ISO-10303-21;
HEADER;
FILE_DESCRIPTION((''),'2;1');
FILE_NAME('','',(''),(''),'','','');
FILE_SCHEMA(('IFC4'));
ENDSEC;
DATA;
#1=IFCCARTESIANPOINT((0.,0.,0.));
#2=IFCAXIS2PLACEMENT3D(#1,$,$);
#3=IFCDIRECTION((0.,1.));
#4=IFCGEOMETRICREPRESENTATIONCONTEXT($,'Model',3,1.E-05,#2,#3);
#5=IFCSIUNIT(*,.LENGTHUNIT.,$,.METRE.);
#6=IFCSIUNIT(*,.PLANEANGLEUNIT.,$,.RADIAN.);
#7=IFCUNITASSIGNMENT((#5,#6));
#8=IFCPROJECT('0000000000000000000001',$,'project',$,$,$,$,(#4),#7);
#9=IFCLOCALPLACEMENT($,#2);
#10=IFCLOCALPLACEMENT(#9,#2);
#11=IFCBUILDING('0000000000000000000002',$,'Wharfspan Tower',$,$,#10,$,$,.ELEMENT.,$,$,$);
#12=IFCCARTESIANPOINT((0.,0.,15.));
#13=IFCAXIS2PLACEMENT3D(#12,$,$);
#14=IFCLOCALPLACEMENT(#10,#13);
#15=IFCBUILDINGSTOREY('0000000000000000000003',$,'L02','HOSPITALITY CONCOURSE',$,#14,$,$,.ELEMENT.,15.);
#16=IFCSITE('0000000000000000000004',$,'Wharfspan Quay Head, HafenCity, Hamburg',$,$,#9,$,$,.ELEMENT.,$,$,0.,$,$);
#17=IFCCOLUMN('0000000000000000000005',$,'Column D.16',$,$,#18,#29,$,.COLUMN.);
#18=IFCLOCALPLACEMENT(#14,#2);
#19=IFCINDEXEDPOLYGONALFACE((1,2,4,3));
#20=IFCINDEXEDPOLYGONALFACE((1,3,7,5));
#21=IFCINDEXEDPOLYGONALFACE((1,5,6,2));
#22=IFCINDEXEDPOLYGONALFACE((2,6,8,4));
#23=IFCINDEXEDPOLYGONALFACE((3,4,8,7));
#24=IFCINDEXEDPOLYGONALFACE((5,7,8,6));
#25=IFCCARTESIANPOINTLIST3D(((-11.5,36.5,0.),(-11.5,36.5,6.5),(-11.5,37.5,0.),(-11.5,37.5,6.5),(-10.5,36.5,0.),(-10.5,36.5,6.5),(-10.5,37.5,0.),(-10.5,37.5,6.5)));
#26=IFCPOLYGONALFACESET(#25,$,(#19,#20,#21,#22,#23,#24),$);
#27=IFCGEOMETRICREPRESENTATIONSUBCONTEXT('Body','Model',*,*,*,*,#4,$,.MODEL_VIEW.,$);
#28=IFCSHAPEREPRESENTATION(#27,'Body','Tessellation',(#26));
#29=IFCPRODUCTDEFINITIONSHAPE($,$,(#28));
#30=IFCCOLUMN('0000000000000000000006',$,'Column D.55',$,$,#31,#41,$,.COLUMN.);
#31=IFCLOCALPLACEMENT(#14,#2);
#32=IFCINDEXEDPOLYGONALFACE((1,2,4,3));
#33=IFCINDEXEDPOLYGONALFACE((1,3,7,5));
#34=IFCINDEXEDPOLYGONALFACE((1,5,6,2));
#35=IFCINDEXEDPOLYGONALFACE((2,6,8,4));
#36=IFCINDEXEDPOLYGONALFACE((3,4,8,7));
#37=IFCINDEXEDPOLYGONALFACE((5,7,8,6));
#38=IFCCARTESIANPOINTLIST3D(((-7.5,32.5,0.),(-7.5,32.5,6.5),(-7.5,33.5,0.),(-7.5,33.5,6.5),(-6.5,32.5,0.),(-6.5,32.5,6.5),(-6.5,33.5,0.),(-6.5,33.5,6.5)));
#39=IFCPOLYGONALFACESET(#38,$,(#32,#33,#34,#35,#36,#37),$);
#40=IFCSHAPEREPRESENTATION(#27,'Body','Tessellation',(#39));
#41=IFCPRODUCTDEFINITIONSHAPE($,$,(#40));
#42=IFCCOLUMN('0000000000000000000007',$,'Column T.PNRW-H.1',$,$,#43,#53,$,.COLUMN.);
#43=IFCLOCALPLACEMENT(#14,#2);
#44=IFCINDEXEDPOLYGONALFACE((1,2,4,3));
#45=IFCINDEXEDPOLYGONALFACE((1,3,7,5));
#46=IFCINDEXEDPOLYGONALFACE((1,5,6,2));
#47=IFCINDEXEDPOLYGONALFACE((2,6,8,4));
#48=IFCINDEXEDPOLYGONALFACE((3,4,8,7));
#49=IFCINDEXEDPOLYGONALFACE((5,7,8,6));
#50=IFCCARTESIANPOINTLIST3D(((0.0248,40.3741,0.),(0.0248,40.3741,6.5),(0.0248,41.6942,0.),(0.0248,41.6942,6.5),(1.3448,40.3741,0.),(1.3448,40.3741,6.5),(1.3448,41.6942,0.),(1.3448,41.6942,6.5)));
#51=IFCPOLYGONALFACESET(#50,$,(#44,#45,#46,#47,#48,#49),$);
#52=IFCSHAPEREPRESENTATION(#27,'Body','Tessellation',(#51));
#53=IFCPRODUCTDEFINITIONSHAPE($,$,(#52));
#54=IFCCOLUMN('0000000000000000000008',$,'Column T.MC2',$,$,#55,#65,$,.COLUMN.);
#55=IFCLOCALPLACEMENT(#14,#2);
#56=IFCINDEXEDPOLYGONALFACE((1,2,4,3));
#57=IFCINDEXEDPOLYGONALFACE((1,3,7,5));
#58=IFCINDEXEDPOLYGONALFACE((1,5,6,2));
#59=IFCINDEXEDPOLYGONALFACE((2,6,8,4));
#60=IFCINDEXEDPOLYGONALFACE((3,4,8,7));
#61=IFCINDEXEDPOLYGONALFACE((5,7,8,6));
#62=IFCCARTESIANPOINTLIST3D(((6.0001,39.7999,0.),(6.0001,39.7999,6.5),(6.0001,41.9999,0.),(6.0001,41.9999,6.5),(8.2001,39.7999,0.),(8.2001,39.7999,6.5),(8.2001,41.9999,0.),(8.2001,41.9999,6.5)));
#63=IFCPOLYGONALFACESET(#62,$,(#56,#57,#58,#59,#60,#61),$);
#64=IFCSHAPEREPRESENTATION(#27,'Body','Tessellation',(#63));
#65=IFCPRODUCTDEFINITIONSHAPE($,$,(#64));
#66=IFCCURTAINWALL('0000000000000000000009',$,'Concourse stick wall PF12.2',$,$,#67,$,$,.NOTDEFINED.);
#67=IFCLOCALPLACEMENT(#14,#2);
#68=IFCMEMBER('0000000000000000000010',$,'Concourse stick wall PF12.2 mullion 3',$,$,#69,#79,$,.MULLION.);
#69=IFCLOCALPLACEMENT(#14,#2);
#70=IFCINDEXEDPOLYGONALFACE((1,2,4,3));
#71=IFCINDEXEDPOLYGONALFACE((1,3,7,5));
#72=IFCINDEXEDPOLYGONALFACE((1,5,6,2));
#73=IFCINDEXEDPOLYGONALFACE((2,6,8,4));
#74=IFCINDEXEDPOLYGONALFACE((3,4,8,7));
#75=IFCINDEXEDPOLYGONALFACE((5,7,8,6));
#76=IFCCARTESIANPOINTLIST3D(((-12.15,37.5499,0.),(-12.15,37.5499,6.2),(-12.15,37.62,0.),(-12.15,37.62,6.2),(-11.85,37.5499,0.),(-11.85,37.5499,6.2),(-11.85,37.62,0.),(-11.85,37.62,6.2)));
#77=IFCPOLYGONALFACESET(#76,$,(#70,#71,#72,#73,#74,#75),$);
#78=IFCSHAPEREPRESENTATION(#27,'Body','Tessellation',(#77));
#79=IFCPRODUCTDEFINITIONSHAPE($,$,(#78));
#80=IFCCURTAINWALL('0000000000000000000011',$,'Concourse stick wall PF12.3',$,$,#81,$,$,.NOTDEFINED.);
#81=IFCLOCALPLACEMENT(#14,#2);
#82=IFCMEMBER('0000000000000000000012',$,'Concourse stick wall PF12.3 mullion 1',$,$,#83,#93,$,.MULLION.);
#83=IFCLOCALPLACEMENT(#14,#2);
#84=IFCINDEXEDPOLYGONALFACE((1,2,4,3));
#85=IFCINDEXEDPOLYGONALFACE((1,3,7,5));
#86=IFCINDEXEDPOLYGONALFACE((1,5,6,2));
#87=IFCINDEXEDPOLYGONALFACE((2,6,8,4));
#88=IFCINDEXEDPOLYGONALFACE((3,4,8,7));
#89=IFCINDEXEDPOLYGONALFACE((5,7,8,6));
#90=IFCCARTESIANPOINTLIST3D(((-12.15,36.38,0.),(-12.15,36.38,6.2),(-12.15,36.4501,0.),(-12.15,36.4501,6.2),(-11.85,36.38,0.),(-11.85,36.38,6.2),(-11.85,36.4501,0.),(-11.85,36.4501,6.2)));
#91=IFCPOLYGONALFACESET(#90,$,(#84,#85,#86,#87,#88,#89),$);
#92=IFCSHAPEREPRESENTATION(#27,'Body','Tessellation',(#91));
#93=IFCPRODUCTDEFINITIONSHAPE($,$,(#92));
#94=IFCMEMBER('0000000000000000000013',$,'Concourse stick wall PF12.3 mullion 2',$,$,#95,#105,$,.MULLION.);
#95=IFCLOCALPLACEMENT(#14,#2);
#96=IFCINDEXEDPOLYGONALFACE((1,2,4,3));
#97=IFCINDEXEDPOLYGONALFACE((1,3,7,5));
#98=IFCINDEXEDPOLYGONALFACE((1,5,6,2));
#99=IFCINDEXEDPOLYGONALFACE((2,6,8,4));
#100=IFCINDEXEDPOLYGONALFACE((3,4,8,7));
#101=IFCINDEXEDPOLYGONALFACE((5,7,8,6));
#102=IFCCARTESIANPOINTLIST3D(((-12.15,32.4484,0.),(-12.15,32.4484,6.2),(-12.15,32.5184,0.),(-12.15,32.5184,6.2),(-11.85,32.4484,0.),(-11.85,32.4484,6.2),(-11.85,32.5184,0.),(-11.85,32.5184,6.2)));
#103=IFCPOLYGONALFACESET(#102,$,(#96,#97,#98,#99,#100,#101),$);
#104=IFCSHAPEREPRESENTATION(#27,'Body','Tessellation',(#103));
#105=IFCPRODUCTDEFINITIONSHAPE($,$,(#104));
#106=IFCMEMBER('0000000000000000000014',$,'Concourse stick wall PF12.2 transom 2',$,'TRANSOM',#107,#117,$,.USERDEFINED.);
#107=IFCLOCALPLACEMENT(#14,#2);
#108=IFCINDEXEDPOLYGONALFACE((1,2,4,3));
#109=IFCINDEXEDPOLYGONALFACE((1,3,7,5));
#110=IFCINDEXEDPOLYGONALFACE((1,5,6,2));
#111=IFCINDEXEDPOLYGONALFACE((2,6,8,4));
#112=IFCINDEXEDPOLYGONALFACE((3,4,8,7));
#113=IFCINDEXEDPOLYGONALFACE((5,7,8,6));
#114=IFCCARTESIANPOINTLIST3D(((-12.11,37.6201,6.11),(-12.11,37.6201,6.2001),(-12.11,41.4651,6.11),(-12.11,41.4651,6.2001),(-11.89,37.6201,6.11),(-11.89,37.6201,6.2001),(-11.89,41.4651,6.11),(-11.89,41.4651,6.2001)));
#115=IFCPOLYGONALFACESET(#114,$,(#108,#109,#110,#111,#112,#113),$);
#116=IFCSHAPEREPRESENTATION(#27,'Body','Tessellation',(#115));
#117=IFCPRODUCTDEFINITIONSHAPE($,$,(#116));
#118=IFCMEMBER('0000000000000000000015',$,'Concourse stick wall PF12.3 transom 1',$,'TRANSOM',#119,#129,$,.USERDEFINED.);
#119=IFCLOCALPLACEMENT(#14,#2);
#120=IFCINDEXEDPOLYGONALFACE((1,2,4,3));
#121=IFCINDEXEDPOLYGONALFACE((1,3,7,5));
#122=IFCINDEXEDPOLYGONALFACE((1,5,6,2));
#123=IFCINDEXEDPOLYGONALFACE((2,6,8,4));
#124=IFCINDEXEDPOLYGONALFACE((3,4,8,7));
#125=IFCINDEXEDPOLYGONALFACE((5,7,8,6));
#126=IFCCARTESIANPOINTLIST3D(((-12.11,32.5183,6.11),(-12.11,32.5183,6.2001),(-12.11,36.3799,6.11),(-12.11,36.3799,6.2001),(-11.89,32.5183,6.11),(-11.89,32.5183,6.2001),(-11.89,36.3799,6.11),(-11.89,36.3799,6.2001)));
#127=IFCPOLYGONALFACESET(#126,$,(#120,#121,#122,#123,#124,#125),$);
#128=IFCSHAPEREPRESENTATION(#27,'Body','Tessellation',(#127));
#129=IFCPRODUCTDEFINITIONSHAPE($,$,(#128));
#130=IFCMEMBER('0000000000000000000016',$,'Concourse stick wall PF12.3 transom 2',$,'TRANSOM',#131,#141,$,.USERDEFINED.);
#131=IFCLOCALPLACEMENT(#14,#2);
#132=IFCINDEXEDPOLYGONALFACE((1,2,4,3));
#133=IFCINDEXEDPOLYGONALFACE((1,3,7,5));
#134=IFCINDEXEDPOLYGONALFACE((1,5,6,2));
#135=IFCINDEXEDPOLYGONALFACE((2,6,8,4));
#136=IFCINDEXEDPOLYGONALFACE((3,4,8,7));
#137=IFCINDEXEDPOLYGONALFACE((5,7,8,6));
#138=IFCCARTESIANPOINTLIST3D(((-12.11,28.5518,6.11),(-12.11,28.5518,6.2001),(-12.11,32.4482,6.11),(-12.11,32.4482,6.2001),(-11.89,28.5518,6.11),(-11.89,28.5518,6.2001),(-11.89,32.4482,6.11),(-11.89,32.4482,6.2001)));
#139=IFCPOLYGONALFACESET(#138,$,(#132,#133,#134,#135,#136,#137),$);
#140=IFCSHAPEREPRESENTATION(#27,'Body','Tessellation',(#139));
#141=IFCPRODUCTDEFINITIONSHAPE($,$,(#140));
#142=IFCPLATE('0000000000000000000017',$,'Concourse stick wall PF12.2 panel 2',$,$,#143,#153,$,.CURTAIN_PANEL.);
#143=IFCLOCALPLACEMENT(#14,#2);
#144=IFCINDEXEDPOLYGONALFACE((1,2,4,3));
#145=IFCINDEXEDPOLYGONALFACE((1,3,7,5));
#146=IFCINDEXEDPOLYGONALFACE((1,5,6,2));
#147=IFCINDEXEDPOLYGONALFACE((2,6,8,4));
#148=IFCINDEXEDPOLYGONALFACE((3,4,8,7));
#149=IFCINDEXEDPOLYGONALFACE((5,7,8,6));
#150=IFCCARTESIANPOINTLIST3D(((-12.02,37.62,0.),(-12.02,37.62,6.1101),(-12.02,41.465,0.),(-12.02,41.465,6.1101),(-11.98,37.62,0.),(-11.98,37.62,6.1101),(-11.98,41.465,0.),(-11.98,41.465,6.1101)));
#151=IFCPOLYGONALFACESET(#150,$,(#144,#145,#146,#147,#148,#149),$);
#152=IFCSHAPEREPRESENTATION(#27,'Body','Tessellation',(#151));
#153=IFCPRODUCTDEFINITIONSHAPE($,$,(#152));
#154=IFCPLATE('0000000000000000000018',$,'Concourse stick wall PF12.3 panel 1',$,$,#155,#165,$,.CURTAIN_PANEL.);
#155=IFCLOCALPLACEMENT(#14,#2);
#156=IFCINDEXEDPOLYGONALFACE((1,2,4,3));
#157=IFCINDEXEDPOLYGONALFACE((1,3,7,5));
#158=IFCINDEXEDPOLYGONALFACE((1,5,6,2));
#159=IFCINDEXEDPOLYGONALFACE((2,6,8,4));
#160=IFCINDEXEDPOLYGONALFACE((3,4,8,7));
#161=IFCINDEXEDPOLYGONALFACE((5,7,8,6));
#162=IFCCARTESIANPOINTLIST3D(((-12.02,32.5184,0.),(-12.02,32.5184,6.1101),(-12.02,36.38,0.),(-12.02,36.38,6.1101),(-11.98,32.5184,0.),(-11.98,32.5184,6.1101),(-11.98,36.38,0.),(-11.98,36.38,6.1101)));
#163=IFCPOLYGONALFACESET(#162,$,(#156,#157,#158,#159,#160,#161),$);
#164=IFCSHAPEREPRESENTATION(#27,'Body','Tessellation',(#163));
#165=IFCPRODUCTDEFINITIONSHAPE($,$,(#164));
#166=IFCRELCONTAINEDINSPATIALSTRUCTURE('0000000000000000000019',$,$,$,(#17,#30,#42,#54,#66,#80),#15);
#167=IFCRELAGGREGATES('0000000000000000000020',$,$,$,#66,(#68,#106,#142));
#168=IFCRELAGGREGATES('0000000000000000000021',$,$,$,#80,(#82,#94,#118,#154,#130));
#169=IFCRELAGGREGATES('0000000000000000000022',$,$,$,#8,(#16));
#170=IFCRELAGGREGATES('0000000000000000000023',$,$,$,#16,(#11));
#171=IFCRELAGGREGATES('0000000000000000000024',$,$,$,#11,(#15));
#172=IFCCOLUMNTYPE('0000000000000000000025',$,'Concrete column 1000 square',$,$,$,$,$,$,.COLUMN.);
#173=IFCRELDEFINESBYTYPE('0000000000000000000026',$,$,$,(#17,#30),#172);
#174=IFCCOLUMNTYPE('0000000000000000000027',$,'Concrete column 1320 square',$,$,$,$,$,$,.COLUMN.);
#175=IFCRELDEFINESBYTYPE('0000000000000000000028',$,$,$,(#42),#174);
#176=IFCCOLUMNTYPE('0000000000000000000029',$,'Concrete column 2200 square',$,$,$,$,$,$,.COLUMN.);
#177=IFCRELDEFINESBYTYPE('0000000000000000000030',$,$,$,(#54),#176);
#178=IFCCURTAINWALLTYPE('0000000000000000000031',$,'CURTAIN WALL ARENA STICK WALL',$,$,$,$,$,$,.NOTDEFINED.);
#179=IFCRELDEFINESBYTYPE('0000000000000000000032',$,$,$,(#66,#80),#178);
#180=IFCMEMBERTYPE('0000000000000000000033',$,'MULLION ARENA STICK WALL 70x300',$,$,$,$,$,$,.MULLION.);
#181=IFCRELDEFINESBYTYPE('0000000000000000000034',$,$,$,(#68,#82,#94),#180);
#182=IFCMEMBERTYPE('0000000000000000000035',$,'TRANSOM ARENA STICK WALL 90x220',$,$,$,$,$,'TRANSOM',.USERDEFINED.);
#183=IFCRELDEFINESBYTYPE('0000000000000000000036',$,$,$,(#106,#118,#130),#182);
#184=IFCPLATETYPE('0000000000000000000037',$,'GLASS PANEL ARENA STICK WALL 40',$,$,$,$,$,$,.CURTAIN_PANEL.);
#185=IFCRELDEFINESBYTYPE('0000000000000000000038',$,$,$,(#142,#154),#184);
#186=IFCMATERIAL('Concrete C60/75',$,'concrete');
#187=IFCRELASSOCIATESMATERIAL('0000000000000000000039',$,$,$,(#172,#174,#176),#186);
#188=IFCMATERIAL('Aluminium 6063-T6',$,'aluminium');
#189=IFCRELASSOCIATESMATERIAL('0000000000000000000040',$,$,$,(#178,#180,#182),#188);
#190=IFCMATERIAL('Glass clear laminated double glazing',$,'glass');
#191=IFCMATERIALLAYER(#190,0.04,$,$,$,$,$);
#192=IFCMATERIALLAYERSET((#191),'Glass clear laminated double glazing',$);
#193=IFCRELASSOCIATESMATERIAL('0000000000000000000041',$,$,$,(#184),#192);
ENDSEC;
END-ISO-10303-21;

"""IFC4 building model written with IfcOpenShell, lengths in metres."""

from ifc_helpers import new_model, si_unit, direction, frame, origin, origin_2d, place, context, subcontext, project, spatial, rectangle, extrude, material, layer, layer_set, material_profile, profile_set, type_object, element, aggregate, save


model = new_model("IFC4")

# Units and contexts
model_context = context("Model", 3, precision=1e-05, world=origin(), true_north=direction((0.0, 1.0)))
body_context = subcontext(model_context, "Body", "Model", "MODEL_VIEW")
ifc_project = project(units=[si_unit("LENGTHUNIT", "METRE"), si_unit("PLANEANGLEUNIT", "RADIAN")], contexts=[model_context])

# Site, building, storey
site_placement = place(None, origin())
site = spatial("IfcSite", under=ifc_project, at=site_placement, Name="Wharfspan Quay Head, HafenCity, Hamburg", CompositionType="ELEMENT", RefElevation=0.0)
building_placement = place(site_placement, origin())
building = spatial("IfcBuilding", under=site, at=building_placement, Name="Wharfspan Tower", CompositionType="ELEMENT")
storey_placement = place(building_placement, frame((0.0, 0.0, 15.0)))
storey = spatial("IfcBuildingStorey", under=building, at=storey_placement, Name="L02", Description="HOSPITALITY CONCOURSE", CompositionType="ELEMENT", Elevation=15.0)

# Columns
ifc_material_1 = material(Name="Concrete C60/75", Category="concrete")
ifc_material_profile_1 = material_profile(ifc_material_1, rectangle(XDim=1.0, YDim=1.0, at=origin_2d()))
ifc_profile_set_1 = profile_set([ifc_material_profile_1], Name="Concrete C60/75")
column_type_1 = type_object("IfcColumnType", Name="Concrete column 1000 square", PredefinedType="COLUMN", material=ifc_profile_set_1)
for number, where, z_axis, x_axis, name in (
    (1, (-11.0, 37.0, 0.0), (0.0, 0.0, 1.0), (1.0, 0.0, 0.0), "Column D.16"),
    (2, (-7.0, 33.0, 0.0), (0.0, 0.0, 1.0), (1.0, 0.0, 0.0), "Column D.55"),
):
    element("IfcColumn", number, at=place(storey_placement, frame(where, z_axis=z_axis, x_axis=x_axis)), inside=storey, type_object=column_type_1, Name=name, PredefinedType="COLUMN", context=body_context, shape_type="SweptSolid", body=[
        extrude(rectangle(XDim=1.0, YDim=1.0, at=origin_2d()), origin(), (0.0, 0.0, 1.0), 6.5),
    ])
ifc_material_profile_2 = material_profile(ifc_material_1, rectangle(XDim=1.3201, YDim=1.3201, at=origin_2d()))
ifc_profile_set_2 = profile_set([ifc_material_profile_2], Name="Concrete C60/75")
column_type_2 = type_object("IfcColumnType", Name="Concrete column 1320 square", PredefinedType="COLUMN", material=ifc_profile_set_2)
column_1_placement = place(storey_placement, frame((0.6848, 41.0342, 0.0), z_axis=(0.0, 0.0, 1.0), x_axis=(1.0, 0.0, 0.0)))
element("IfcColumn", 3, at=column_1_placement, inside=storey, type_object=column_type_2, Name="Column T.PNRW-H.1", PredefinedType="COLUMN", context=body_context, shape_type="SweptSolid", body=[
    extrude(rectangle(XDim=1.3201, YDim=1.3201, at=origin_2d()), origin(), (0.0, 0.0, 1.0), 6.5),
])
ifc_material_profile_3 = material_profile(ifc_material_1, rectangle(XDim=2.2, YDim=2.2, at=origin_2d()))
ifc_profile_set_3 = profile_set([ifc_material_profile_3], Name="Concrete C60/75")
column_type_3 = type_object("IfcColumnType", Name="Concrete column 2200 square", PredefinedType="COLUMN", material=ifc_profile_set_3)
column_2_placement = place(storey_placement, frame((7.1001, 40.8999, 0.0), z_axis=(0.0, 0.0, 1.0), x_axis=(1.0, 0.0, 0.0)))
element("IfcColumn", 4, at=column_2_placement, inside=storey, type_object=column_type_3, Name="Column T.MC2", PredefinedType="COLUMN", context=body_context, shape_type="SweptSolid", body=[
    extrude(rectangle(XDim=2.2, YDim=2.2, at=origin_2d()), origin(), (0.0, 0.0, 1.0), 6.5),
])

# Curtain wall, member
ifc_material_2 = material(Name="Aluminium 6063-T6", Category="aluminium")
curtain_wall_type = type_object("IfcCurtainWallType", Name="CURTAIN WALL ARENA STICK WALL", PredefinedType="NOTDEFINED", material=ifc_material_2)
curtain_wall_1_placement = place(storey_placement, origin())
curtain_wall_1 = element("IfcCurtainWall", 5, at=curtain_wall_1_placement, inside=storey, type_object=curtain_wall_type, Name="Concourse stick wall PF12.2", PredefinedType="NOTDEFINED")
ifc_material_profile_4 = material_profile(ifc_material_2, rectangle(XDim=0.3, YDim=0.0701, at=origin_2d()))
ifc_profile_set_4 = profile_set([ifc_material_profile_4], Name="Aluminium 6063-T6")
member_type_1 = type_object("IfcMemberType", Name="MULLION ARENA STICK WALL 70x300", PredefinedType="MULLION", material=ifc_profile_set_4)
member_1_placement = place(storey_placement, frame((-12.0, 37.585, 0.0), z_axis=(0.0, 0.0, 1.0), x_axis=(1.0, 0.0, 0.0)))
member_1 = element("IfcMember", 6, at=member_1_placement, type_object=member_type_1, Name="Concourse stick wall PF12.2 mullion 3", PredefinedType="MULLION", context=body_context, shape_type="SweptSolid", body=[
    extrude(rectangle(XDim=0.3, YDim=0.0701, at=origin_2d()), origin(), (0.0, 0.0, 1.0), 6.2),
])

# Curtain wall, members
curtain_wall_2_placement = place(storey_placement, origin())
curtain_wall_2 = element("IfcCurtainWall", 7, at=curtain_wall_2_placement, inside=storey, type_object=curtain_wall_type, Name="Concourse stick wall PF12.3", PredefinedType="NOTDEFINED")
member_2_placement = place(storey_placement, frame((-12.0, 36.415, 0.0), z_axis=(0.0, 0.0, 1.0), x_axis=(1.0, 0.0, 0.0)))
member_2 = element("IfcMember", 8, at=member_2_placement, type_object=member_type_1, Name="Concourse stick wall PF12.3 mullion 1", PredefinedType="MULLION", context=body_context, shape_type="SweptSolid", body=[
    extrude(rectangle(XDim=0.3, YDim=0.0701, at=origin_2d()), origin(), (0.0, 0.0, 1.0), 6.2),
])
member_3_placement = place(storey_placement, frame((-12.0, 32.4834, 0.0), z_axis=(0.0, 0.0, 1.0), x_axis=(1.0, 0.0, 0.0)))
member_3 = element("IfcMember", 9, at=member_3_placement, type_object=member_type_1, Name="Concourse stick wall PF12.3 mullion 2", PredefinedType="MULLION", context=body_context, shape_type="SweptSolid", body=[
    extrude(rectangle(XDim=0.3, YDim=0.0701, at=origin_2d()), origin(), (0.0, 0.0, 1.0), 6.2),
])

# Members
ifc_material_profile_5 = material_profile(ifc_material_2, rectangle(XDim=0.22, YDim=0.0901, at=origin_2d()))
ifc_profile_set_5 = profile_set([ifc_material_profile_5], Name="Aluminium 6063-T6")
member_type_2 = type_object("IfcMemberType", Name="TRANSOM ARENA STICK WALL 90x220", ElementType="TRANSOM", PredefinedType="USERDEFINED", material=ifc_profile_set_5)
member_4_placement = place(storey_placement, frame((-12.0, 41.4651, 6.155), z_axis=(0.0, -1.0, 0.0), x_axis=(1.0, 0.0, 0.0)))
member_4 = element("IfcMember", 10, at=member_4_placement, type_object=member_type_2, Name="Concourse stick wall PF12.2 transom 2", ObjectType="TRANSOM", PredefinedType="USERDEFINED", context=body_context, shape_type="SweptSolid", body=[
    extrude(rectangle(XDim=0.22, YDim=0.0901, at=origin_2d()), origin(), (0.0, 0.0, 1.0), 3.845),
])
member_5_placement = place(storey_placement, frame((-12.0, 36.3799, 6.155), z_axis=(0.0, -1.0, 0.0), x_axis=(1.0, 0.0, 0.0)))
member_5 = element("IfcMember", 11, at=member_5_placement, type_object=member_type_2, Name="Concourse stick wall PF12.3 transom 1", ObjectType="TRANSOM", PredefinedType="USERDEFINED", context=body_context, shape_type="SweptSolid", body=[
    extrude(rectangle(XDim=0.22, YDim=0.0901, at=origin_2d()), origin(), (0.0, 0.0, 1.0), 3.8616),
])
member_6_placement = place(storey_placement, frame((-12.0, 32.4482, 6.155), z_axis=(0.0, -1.0, 0.0), x_axis=(1.0, 0.0, 0.0)))
member_6 = element("IfcMember", 12, at=member_6_placement, type_object=member_type_2, Name="Concourse stick wall PF12.3 transom 2", ObjectType="TRANSOM", PredefinedType="USERDEFINED", context=body_context, shape_type="SweptSolid", body=[
    extrude(rectangle(XDim=0.22, YDim=0.0901, at=origin_2d()), origin(), (0.0, 0.0, 1.0), 3.8965),
])

# Plates
ifc_material_3 = material(Name="Glass clear laminated double glazing", Category="glass")
ifc_layer_1 = layer(ifc_material_3, 0.04)
ifc_layer_set_1 = layer_set([ifc_layer_1], Name="Glass clear laminated double glazing")
plate_type = type_object("IfcPlateType", Name="GLASS PANEL ARENA STICK WALL 40", PredefinedType="CURTAIN_PANEL", material=ifc_layer_set_1)
plate_1_placement = place(storey_placement, frame((-12.0, 39.5425, 0.0), z_axis=(0.0, 0.0, 1.0), x_axis=(0.0, -1.0, 0.0)))
plate_1 = element("IfcPlate", 13, at=plate_1_placement, type_object=plate_type, Name="Concourse stick wall PF12.2 panel 2", PredefinedType="CURTAIN_PANEL", context=body_context, shape_type="SweptSolid", body=[
    extrude(rectangle(XDim=3.845, YDim=0.04, at=origin_2d()), origin(), (0.0, 0.0, 1.0), 6.1101),
])
aggregate(curtain_wall_1, [member_1, member_4, plate_1])
plate_2_placement = place(storey_placement, frame((-12.0, 34.4492, 0.0), z_axis=(0.0, 0.0, 1.0), x_axis=(0.0, -1.0, 0.0)))
plate_2 = element("IfcPlate", 14, at=plate_2_placement, type_object=plate_type, Name="Concourse stick wall PF12.3 panel 1", PredefinedType="CURTAIN_PANEL", context=body_context, shape_type="SweptSolid", body=[
    extrude(rectangle(XDim=3.8616, YDim=0.04, at=origin_2d()), origin(), (0.0, 0.0, 1.0), 6.1101),
])
aggregate(curtain_wall_2, [member_2, member_3, member_5, plate_2, member_6])

save(model, "model.ifc")
